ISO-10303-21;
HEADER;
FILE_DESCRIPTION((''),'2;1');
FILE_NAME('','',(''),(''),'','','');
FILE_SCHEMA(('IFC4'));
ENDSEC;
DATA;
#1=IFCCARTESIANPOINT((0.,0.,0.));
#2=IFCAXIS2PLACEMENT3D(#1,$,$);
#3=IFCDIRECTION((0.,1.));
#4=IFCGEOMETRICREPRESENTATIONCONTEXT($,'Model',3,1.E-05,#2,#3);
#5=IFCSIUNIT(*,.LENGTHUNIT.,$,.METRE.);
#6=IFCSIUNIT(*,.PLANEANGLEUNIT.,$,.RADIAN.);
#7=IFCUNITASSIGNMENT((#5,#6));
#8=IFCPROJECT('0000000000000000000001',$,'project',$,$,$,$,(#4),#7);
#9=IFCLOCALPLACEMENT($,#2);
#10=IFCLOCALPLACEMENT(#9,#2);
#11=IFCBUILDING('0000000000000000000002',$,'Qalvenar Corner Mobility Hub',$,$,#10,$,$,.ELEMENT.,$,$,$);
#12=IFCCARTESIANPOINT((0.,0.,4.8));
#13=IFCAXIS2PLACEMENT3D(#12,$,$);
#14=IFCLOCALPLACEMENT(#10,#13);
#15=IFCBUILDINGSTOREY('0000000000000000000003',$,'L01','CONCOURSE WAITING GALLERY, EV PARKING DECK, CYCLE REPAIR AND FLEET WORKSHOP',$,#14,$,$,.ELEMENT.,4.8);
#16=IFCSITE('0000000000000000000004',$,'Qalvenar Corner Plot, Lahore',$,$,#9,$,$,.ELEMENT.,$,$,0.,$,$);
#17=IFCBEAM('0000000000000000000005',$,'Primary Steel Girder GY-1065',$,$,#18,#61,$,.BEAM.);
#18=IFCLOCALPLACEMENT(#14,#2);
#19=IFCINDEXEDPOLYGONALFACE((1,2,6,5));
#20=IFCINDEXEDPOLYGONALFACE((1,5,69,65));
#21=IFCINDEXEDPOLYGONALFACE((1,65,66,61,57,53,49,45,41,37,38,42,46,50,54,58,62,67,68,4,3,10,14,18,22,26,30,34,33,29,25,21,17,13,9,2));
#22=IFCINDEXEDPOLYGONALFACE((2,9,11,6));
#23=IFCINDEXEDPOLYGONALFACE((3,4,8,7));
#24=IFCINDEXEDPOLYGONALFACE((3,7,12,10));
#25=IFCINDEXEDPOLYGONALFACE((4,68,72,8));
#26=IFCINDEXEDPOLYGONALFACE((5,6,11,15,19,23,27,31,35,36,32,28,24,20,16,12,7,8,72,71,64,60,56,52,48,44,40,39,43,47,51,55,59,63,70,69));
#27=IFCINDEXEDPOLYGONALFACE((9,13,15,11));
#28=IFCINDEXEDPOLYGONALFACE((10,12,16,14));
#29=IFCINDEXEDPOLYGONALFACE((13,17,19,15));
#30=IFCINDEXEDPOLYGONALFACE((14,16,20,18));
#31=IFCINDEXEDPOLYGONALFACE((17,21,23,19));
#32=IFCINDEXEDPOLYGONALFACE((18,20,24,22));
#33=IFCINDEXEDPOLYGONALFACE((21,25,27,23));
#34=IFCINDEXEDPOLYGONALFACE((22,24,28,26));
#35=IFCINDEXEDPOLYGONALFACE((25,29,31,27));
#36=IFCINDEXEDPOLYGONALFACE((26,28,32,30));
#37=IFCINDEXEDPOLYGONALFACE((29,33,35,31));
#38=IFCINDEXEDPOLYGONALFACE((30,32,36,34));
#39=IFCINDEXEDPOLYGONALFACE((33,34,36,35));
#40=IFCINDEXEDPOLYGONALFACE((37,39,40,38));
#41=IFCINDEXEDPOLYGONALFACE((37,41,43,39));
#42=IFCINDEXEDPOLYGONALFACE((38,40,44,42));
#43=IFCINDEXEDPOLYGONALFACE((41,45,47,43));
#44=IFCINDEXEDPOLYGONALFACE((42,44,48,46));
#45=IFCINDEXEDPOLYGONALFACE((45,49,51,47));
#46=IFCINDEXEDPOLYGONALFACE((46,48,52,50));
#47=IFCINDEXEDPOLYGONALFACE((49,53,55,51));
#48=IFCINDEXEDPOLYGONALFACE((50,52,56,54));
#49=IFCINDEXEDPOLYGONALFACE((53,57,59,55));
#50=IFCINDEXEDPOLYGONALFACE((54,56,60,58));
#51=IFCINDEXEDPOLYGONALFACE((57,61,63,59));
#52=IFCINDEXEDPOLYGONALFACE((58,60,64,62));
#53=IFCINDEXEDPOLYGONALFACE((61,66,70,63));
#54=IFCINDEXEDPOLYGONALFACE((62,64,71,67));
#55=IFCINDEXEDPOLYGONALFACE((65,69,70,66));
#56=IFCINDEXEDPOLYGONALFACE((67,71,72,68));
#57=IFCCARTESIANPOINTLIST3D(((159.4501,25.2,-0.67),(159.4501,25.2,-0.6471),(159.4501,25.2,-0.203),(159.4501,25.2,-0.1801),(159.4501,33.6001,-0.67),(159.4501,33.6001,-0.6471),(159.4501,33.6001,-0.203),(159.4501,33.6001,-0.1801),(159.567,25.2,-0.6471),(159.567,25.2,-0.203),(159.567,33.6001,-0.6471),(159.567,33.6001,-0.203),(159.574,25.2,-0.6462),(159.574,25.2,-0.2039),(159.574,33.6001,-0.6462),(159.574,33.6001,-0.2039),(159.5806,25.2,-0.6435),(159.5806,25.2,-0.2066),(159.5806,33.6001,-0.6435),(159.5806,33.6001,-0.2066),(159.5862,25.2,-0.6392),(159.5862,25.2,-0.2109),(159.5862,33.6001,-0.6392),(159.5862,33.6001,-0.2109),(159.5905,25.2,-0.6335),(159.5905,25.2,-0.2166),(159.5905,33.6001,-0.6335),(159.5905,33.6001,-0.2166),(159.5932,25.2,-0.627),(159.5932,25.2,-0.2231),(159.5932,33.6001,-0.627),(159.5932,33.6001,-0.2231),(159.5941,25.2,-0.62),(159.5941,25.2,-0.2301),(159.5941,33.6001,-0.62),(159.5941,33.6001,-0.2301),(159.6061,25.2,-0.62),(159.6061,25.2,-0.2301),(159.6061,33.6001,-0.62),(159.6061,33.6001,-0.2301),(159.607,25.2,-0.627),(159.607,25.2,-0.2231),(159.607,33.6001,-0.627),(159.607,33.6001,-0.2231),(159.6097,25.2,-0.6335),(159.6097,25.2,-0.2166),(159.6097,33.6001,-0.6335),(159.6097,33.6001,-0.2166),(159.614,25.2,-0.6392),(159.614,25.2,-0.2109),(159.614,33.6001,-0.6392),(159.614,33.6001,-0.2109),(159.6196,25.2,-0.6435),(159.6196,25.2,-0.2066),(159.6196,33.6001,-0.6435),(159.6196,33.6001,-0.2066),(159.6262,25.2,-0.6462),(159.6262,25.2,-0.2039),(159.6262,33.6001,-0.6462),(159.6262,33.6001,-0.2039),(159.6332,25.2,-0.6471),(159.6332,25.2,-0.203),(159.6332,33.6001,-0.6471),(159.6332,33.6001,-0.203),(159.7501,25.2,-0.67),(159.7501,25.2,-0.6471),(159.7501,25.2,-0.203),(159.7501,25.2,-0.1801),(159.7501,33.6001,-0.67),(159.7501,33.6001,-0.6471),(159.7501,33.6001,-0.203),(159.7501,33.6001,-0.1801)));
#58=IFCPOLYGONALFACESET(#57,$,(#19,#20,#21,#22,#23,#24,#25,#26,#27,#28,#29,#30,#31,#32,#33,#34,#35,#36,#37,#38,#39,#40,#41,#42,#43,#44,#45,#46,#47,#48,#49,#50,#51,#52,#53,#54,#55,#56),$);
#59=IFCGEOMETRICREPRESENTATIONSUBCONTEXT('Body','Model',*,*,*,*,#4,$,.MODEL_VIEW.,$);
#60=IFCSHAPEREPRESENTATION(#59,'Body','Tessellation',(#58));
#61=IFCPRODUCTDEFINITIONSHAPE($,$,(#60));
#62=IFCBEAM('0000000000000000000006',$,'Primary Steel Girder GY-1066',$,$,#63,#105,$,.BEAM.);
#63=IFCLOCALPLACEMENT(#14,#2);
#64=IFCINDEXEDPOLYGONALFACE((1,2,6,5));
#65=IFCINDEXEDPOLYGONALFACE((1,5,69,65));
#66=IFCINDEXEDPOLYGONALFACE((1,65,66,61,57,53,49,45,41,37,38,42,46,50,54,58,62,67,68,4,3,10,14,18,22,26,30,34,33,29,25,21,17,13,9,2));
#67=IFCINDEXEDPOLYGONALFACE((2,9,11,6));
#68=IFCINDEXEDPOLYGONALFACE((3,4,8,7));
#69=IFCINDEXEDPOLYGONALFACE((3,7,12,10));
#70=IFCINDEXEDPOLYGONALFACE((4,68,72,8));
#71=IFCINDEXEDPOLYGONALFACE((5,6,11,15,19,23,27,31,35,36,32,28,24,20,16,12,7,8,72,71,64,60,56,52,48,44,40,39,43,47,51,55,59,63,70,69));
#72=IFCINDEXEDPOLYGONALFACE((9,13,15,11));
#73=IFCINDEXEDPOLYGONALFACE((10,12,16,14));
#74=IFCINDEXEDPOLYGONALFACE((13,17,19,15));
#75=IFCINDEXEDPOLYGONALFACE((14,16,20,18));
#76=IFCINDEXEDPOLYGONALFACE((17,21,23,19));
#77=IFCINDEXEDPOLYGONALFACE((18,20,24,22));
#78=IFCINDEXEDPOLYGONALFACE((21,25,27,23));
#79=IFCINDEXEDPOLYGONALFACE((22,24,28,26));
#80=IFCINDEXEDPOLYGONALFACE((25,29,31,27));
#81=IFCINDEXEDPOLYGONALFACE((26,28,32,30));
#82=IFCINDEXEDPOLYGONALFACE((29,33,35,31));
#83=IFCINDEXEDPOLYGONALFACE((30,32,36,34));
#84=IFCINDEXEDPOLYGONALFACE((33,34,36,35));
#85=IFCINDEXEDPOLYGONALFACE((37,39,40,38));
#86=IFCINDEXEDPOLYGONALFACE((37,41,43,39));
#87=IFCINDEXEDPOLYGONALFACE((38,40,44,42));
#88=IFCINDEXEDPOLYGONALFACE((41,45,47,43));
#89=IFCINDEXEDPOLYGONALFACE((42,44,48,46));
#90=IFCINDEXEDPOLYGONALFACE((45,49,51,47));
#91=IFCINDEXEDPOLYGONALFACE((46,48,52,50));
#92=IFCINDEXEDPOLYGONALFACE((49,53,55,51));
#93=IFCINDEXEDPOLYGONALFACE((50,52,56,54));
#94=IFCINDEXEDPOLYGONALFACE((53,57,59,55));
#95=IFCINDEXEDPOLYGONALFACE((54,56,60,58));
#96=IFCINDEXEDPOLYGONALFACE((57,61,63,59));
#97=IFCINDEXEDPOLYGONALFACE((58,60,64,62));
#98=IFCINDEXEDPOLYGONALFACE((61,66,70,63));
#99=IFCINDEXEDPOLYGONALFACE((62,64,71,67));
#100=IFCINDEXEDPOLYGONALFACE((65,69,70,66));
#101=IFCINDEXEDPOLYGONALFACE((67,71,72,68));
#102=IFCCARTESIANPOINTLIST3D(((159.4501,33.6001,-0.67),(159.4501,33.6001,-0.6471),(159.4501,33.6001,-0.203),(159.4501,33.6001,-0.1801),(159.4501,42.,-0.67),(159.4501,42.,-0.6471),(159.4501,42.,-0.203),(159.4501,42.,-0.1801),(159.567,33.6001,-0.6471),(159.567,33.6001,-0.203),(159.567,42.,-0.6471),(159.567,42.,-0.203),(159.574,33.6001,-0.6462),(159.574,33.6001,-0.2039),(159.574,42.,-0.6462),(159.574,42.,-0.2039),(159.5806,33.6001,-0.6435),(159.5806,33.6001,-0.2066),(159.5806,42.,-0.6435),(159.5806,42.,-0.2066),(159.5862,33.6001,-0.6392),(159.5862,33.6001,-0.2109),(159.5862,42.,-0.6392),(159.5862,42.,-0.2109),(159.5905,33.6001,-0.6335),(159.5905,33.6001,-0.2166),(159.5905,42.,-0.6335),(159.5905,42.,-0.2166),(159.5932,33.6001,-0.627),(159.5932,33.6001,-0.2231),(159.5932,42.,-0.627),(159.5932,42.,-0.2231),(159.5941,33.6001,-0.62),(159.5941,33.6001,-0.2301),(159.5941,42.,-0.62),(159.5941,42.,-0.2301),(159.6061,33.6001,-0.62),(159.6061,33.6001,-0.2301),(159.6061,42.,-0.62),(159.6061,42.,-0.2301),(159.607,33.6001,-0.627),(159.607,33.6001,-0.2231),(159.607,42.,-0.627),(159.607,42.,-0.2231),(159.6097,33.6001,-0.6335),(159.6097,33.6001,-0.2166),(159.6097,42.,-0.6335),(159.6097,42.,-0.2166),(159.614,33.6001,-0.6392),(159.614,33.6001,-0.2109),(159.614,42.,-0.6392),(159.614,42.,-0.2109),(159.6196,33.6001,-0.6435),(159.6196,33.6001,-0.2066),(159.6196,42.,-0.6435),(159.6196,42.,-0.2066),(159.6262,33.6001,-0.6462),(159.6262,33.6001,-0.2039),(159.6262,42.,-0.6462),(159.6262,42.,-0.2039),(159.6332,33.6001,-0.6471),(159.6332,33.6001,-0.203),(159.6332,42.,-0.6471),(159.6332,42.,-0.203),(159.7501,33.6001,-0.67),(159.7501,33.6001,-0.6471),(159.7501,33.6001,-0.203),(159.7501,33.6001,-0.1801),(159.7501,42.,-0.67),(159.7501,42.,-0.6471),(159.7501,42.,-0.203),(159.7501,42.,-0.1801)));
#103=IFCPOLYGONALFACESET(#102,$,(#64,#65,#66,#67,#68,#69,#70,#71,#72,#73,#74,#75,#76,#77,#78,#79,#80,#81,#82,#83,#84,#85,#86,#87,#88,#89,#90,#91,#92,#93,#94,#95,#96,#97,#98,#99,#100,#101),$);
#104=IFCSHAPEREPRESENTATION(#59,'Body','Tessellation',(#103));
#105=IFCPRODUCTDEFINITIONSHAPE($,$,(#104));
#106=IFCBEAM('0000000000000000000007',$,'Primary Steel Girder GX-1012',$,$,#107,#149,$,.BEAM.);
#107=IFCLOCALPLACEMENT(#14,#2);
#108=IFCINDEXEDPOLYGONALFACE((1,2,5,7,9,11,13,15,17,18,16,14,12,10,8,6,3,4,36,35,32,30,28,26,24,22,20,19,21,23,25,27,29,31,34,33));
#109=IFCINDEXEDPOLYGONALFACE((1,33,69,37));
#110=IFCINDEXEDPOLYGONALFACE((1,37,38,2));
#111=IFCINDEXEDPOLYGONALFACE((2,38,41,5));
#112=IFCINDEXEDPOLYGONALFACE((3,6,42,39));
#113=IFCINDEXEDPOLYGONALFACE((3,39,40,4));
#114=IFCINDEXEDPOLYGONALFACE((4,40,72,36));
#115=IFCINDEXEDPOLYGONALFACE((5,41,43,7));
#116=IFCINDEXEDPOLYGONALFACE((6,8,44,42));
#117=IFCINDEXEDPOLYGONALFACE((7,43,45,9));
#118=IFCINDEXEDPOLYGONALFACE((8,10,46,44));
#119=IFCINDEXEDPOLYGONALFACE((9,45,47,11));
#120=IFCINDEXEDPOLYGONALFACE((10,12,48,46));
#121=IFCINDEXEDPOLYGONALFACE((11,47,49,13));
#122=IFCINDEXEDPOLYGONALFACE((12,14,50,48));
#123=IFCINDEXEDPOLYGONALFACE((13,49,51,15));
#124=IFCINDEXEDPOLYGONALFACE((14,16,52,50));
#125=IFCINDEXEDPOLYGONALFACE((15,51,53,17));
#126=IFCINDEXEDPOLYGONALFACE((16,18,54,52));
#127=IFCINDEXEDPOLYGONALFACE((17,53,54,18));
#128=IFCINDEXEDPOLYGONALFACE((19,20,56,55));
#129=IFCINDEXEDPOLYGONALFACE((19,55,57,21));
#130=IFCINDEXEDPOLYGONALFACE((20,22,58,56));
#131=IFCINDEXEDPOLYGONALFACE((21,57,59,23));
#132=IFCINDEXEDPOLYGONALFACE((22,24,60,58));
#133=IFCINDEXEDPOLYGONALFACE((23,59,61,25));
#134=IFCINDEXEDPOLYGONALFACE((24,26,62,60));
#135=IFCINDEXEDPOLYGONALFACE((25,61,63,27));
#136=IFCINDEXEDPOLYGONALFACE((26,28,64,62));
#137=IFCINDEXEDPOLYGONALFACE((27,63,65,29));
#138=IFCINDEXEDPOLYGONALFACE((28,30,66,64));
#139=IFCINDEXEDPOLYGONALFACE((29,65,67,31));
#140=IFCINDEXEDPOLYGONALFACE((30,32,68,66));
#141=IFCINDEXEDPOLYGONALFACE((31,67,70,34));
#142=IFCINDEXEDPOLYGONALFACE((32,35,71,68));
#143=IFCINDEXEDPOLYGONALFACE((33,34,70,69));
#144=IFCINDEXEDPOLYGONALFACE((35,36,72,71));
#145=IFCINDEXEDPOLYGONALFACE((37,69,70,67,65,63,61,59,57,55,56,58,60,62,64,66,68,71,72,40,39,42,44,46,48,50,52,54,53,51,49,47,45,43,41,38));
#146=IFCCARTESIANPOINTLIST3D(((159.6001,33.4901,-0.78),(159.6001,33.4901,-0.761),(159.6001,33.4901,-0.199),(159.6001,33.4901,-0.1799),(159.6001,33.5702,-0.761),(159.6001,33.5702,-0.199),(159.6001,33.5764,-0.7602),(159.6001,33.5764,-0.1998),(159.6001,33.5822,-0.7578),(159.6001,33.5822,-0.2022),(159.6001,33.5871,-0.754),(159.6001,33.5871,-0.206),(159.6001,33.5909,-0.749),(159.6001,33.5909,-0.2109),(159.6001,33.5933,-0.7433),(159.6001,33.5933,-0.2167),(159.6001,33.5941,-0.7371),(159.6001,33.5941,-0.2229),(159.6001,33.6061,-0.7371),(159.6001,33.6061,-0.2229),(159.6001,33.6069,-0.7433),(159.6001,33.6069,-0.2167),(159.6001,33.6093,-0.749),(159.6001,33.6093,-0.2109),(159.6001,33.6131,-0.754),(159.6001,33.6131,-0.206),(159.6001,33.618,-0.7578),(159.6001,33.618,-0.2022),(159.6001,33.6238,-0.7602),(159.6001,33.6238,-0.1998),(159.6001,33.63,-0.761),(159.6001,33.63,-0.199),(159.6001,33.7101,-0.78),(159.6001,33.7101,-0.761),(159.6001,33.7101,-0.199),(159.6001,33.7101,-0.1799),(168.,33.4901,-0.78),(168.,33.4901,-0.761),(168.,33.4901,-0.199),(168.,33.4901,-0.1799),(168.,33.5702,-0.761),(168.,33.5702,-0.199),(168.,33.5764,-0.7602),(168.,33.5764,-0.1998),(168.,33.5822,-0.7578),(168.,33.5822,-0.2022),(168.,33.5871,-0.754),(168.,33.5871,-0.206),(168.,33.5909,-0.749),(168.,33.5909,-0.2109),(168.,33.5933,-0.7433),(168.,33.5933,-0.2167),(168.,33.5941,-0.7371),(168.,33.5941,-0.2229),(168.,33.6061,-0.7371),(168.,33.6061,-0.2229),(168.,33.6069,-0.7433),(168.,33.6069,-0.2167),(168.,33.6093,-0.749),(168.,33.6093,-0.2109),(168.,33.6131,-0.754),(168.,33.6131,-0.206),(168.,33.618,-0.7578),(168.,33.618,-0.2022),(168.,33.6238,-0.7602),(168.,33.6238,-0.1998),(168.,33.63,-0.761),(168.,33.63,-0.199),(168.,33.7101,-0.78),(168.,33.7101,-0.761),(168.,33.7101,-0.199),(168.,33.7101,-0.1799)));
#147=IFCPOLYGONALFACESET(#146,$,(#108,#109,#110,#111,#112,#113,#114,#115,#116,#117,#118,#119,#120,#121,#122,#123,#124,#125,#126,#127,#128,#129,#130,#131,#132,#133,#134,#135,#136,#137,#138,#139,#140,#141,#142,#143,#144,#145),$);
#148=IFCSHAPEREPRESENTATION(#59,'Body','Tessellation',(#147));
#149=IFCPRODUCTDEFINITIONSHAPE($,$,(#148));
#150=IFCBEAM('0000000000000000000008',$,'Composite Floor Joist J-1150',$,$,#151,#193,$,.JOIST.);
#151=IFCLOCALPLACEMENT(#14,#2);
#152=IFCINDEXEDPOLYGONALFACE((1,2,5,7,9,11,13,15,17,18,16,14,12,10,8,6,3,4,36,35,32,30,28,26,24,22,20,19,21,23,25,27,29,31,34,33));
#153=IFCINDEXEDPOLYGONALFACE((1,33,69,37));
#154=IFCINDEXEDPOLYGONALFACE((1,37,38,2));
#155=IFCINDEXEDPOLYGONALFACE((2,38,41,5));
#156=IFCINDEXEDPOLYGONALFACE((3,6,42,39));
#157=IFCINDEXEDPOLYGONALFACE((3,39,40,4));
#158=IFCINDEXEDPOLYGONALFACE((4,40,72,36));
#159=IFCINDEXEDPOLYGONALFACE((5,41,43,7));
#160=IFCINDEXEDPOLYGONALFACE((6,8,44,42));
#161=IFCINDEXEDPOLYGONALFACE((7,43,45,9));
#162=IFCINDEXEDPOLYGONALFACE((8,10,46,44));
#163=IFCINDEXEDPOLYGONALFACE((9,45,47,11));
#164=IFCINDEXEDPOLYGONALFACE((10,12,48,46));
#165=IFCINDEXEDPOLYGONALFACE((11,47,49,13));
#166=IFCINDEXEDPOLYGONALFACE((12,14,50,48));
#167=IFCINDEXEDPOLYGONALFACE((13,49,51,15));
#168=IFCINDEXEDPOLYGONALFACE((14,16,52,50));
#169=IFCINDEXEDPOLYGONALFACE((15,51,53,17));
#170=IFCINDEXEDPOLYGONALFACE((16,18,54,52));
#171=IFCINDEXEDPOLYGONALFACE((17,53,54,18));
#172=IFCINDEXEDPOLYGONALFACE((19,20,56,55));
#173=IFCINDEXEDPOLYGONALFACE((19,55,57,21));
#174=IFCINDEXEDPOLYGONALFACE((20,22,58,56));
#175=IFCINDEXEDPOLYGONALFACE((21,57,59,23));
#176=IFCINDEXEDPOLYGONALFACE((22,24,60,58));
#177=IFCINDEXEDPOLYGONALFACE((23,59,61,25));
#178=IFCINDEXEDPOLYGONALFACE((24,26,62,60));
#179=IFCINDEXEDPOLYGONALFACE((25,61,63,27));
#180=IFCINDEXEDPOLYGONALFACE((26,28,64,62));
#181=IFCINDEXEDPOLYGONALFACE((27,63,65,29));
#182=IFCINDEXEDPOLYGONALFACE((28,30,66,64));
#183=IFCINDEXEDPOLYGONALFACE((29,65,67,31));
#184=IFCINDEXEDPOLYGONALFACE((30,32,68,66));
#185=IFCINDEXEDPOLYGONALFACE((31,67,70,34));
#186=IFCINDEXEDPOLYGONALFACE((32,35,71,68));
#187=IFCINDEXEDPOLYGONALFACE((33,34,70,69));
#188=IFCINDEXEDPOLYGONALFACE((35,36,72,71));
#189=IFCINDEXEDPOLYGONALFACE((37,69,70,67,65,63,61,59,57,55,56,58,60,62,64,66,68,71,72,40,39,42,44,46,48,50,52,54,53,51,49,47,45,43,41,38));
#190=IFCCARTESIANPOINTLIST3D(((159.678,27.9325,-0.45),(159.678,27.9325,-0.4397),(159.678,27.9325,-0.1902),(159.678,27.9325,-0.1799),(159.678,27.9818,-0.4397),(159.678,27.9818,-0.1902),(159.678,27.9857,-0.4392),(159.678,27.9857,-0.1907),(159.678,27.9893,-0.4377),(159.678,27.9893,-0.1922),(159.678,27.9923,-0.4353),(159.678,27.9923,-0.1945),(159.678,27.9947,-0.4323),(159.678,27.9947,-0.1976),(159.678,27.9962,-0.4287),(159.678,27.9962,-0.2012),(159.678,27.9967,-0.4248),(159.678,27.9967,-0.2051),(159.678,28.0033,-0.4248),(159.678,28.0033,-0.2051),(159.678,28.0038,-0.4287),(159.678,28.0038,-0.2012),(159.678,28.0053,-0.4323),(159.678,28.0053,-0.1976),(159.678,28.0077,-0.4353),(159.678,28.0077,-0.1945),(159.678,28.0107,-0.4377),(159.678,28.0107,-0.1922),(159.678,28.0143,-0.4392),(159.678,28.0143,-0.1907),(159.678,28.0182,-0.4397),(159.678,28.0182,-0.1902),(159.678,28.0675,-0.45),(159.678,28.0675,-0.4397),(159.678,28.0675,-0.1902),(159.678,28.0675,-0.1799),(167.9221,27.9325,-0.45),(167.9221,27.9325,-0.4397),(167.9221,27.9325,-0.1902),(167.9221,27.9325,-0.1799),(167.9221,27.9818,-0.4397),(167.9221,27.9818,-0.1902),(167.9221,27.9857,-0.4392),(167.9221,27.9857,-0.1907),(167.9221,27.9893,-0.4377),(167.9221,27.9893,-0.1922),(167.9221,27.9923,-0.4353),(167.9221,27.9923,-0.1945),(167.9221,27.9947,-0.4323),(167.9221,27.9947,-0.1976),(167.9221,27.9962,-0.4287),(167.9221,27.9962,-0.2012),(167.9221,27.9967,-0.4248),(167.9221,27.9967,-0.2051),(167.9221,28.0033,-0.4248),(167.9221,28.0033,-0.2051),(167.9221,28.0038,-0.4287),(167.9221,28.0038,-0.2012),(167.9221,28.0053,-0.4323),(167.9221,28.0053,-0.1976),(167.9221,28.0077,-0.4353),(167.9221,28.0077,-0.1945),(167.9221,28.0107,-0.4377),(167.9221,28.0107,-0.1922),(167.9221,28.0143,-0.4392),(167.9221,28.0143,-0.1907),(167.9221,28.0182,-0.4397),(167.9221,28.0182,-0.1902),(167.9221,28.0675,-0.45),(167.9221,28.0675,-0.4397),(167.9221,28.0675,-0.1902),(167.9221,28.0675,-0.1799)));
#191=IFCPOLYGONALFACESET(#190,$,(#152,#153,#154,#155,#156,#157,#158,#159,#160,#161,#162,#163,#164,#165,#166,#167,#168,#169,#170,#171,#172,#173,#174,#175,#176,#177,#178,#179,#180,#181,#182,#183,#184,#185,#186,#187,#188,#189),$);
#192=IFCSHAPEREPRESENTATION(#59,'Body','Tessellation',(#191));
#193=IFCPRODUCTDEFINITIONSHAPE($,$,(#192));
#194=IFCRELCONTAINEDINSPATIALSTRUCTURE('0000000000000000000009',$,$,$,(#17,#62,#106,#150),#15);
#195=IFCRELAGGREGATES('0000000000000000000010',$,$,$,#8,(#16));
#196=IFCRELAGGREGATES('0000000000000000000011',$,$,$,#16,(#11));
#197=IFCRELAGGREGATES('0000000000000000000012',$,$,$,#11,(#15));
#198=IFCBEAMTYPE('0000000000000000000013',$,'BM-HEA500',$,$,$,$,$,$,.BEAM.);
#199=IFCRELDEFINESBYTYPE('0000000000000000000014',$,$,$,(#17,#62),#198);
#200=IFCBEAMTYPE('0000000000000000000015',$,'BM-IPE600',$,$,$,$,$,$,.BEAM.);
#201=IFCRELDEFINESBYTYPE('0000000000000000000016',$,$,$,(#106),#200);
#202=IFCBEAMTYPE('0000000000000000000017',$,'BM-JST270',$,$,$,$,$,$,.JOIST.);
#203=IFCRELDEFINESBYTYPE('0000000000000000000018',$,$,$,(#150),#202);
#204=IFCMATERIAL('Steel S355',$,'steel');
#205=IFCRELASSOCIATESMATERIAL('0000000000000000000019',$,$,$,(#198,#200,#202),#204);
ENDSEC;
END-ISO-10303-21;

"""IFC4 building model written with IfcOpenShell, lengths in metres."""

from ifc_helpers import new_model, si_unit, direction, frame, origin, origin_2d, place, context, subcontext, project, spatial, i_section, extrude, material, material_profile, profile_set, type_object, element, save


model = new_model("IFC4")

# Units and contexts
model_context = context("Model", 3, precision=1e-05, world=origin(), true_north=direction((0.0, 1.0)))
body_context = subcontext(model_context, "Body", "Model", "MODEL_VIEW")
ifc_project = project(units=[si_unit("LENGTHUNIT", "METRE"), si_unit("PLANEANGLEUNIT", "RADIAN")], contexts=[model_context])

# Site, building, storey
site_placement = place(None, origin())
site = spatial("IfcSite", under=ifc_project, at=site_placement, Name="Qalvenar Corner Plot, Lahore", CompositionType="ELEMENT", RefElevation=0.0)
building_placement = place(site_placement, origin())
building = spatial("IfcBuilding", under=site, at=building_placement, Name="Qalvenar Corner Mobility Hub", CompositionType="ELEMENT")
storey_placement = place(building_placement, frame((0.0, 0.0, 4.8)))
storey = spatial("IfcBuildingStorey", under=building, at=storey_placement, Name="L01", Description="CONCOURSE WAITING GALLERY, EV PARKING DECK, CYCLE REPAIR AND FLEET WORKSHOP", CompositionType="ELEMENT", Elevation=4.8)

# Shared definitions
ifc_material_1 = material(Name="Steel S355", Category="steel")

# Beams
ifc_material_profile_1 = material_profile(ifc_material_1, i_section(OverallWidth=0.3, OverallDepth=0.49, WebThickness=0.012, FlangeThickness=0.0229, FilletRadius=0.0271, at=origin_2d()), Name="HEA500")
ifc_profile_set_1 = profile_set([ifc_material_profile_1], Name="Steel S355")
beam_type_1 = type_object("IfcBeamType", Name="BM-HEA500", PredefinedType="BEAM", material=ifc_profile_set_1)
beam_1_placement = place(storey_placement, frame((159.6001, 25.2, -0.425), z_axis=(0.0, 1.0, 0.0), x_axis=(-1.0, 0.0, 0.0)))
element("IfcBeam", 1, at=beam_1_placement, inside=storey, type_object=beam_type_1, Name="Primary Steel Girder GY-1065", PredefinedType="BEAM", context=body_context, shape_type="SweptSolid", body=[
    extrude(i_section(OverallWidth=0.3, OverallDepth=0.49, WebThickness=0.012, FlangeThickness=0.0229, FilletRadius=0.0271, at=origin_2d()), origin(), (0.0, 0.0, 1.0), 8.4001),
])
beam_2_placement = place(storey_placement, frame((159.6001, 33.6001, -0.425), z_axis=(0.0, 1.0, 0.0), x_axis=(-1.0, 0.0, 0.0)))
element("IfcBeam", 2, at=beam_2_placement, inside=storey, type_object=beam_type_1, Name="Primary Steel Girder GY-1066", PredefinedType="BEAM", context=body_context, shape_type="SweptSolid", body=[
    extrude(i_section(OverallWidth=0.3, OverallDepth=0.49, WebThickness=0.012, FlangeThickness=0.0229, FilletRadius=0.0271, at=origin_2d()), origin(), (0.0, 0.0, 1.0), 8.3999),
])
ifc_material_profile_2 = material_profile(ifc_material_1, i_section(OverallWidth=0.22, OverallDepth=0.6001, WebThickness=0.012, FlangeThickness=0.019, FilletRadius=0.0239, at=origin_2d()), Name="IPE600")
ifc_profile_set_2 = profile_set([ifc_material_profile_2], Name="Steel S355")
beam_type_2 = type_object("IfcBeamType", Name="BM-IPE600", PredefinedType="BEAM", material=ifc_profile_set_2)
beam_3_placement = place(storey_placement, frame((159.6001, 33.6001, -0.48), z_axis=(1.0, 0.0, 0.0), x_axis=(0.0, 1.0, 0.0)))
element("IfcBeam", 3, at=beam_3_placement, inside=storey, type_object=beam_type_2, Name="Primary Steel Girder GX-1012", PredefinedType="BEAM", context=body_context, shape_type="SweptSolid", body=[
    extrude(i_section(OverallWidth=0.22, OverallDepth=0.6001, WebThickness=0.012, FlangeThickness=0.019, FilletRadius=0.0239, at=origin_2d()), origin(), (0.0, 0.0, 1.0), 8.3999),
])
ifc_material_profile_3 = material_profile(ifc_material_1, i_section(OverallWidth=0.135, OverallDepth=0.27, WebThickness=0.0066, FlangeThickness=0.0103, FilletRadius=0.0149, at=origin_2d()), Name="IPE270")
ifc_profile_set_3 = profile_set([ifc_material_profile_3], Name="Steel S355")
beam_type_3 = type_object("IfcBeamType", Name="BM-JST270", PredefinedType="JOIST", material=ifc_profile_set_3)
for number, where, z_axis, x_axis, name in (
    (4, (159.678, 28.0, -0.3149), (1.0, 0.0, 0.0), (0.0, 1.0, 0.0), "Composite Floor Joist J-1150"),
):
    element("IfcBeam", number, at=place(storey_placement, frame(where, z_axis=z_axis, x_axis=x_axis)), inside=storey, type_object=beam_type_3, Name=name, PredefinedType="JOIST", context=body_context, shape_type="SweptSolid", body=[
        extrude(i_section(OverallWidth=0.135, OverallDepth=0.27, WebThickness=0.0066, FlangeThickness=0.0103, FilletRadius=0.0149, at=origin_2d()), origin(), (0.0, 0.0, 1.0), 8.2441),
    ])

save(model, "model.ifc")
